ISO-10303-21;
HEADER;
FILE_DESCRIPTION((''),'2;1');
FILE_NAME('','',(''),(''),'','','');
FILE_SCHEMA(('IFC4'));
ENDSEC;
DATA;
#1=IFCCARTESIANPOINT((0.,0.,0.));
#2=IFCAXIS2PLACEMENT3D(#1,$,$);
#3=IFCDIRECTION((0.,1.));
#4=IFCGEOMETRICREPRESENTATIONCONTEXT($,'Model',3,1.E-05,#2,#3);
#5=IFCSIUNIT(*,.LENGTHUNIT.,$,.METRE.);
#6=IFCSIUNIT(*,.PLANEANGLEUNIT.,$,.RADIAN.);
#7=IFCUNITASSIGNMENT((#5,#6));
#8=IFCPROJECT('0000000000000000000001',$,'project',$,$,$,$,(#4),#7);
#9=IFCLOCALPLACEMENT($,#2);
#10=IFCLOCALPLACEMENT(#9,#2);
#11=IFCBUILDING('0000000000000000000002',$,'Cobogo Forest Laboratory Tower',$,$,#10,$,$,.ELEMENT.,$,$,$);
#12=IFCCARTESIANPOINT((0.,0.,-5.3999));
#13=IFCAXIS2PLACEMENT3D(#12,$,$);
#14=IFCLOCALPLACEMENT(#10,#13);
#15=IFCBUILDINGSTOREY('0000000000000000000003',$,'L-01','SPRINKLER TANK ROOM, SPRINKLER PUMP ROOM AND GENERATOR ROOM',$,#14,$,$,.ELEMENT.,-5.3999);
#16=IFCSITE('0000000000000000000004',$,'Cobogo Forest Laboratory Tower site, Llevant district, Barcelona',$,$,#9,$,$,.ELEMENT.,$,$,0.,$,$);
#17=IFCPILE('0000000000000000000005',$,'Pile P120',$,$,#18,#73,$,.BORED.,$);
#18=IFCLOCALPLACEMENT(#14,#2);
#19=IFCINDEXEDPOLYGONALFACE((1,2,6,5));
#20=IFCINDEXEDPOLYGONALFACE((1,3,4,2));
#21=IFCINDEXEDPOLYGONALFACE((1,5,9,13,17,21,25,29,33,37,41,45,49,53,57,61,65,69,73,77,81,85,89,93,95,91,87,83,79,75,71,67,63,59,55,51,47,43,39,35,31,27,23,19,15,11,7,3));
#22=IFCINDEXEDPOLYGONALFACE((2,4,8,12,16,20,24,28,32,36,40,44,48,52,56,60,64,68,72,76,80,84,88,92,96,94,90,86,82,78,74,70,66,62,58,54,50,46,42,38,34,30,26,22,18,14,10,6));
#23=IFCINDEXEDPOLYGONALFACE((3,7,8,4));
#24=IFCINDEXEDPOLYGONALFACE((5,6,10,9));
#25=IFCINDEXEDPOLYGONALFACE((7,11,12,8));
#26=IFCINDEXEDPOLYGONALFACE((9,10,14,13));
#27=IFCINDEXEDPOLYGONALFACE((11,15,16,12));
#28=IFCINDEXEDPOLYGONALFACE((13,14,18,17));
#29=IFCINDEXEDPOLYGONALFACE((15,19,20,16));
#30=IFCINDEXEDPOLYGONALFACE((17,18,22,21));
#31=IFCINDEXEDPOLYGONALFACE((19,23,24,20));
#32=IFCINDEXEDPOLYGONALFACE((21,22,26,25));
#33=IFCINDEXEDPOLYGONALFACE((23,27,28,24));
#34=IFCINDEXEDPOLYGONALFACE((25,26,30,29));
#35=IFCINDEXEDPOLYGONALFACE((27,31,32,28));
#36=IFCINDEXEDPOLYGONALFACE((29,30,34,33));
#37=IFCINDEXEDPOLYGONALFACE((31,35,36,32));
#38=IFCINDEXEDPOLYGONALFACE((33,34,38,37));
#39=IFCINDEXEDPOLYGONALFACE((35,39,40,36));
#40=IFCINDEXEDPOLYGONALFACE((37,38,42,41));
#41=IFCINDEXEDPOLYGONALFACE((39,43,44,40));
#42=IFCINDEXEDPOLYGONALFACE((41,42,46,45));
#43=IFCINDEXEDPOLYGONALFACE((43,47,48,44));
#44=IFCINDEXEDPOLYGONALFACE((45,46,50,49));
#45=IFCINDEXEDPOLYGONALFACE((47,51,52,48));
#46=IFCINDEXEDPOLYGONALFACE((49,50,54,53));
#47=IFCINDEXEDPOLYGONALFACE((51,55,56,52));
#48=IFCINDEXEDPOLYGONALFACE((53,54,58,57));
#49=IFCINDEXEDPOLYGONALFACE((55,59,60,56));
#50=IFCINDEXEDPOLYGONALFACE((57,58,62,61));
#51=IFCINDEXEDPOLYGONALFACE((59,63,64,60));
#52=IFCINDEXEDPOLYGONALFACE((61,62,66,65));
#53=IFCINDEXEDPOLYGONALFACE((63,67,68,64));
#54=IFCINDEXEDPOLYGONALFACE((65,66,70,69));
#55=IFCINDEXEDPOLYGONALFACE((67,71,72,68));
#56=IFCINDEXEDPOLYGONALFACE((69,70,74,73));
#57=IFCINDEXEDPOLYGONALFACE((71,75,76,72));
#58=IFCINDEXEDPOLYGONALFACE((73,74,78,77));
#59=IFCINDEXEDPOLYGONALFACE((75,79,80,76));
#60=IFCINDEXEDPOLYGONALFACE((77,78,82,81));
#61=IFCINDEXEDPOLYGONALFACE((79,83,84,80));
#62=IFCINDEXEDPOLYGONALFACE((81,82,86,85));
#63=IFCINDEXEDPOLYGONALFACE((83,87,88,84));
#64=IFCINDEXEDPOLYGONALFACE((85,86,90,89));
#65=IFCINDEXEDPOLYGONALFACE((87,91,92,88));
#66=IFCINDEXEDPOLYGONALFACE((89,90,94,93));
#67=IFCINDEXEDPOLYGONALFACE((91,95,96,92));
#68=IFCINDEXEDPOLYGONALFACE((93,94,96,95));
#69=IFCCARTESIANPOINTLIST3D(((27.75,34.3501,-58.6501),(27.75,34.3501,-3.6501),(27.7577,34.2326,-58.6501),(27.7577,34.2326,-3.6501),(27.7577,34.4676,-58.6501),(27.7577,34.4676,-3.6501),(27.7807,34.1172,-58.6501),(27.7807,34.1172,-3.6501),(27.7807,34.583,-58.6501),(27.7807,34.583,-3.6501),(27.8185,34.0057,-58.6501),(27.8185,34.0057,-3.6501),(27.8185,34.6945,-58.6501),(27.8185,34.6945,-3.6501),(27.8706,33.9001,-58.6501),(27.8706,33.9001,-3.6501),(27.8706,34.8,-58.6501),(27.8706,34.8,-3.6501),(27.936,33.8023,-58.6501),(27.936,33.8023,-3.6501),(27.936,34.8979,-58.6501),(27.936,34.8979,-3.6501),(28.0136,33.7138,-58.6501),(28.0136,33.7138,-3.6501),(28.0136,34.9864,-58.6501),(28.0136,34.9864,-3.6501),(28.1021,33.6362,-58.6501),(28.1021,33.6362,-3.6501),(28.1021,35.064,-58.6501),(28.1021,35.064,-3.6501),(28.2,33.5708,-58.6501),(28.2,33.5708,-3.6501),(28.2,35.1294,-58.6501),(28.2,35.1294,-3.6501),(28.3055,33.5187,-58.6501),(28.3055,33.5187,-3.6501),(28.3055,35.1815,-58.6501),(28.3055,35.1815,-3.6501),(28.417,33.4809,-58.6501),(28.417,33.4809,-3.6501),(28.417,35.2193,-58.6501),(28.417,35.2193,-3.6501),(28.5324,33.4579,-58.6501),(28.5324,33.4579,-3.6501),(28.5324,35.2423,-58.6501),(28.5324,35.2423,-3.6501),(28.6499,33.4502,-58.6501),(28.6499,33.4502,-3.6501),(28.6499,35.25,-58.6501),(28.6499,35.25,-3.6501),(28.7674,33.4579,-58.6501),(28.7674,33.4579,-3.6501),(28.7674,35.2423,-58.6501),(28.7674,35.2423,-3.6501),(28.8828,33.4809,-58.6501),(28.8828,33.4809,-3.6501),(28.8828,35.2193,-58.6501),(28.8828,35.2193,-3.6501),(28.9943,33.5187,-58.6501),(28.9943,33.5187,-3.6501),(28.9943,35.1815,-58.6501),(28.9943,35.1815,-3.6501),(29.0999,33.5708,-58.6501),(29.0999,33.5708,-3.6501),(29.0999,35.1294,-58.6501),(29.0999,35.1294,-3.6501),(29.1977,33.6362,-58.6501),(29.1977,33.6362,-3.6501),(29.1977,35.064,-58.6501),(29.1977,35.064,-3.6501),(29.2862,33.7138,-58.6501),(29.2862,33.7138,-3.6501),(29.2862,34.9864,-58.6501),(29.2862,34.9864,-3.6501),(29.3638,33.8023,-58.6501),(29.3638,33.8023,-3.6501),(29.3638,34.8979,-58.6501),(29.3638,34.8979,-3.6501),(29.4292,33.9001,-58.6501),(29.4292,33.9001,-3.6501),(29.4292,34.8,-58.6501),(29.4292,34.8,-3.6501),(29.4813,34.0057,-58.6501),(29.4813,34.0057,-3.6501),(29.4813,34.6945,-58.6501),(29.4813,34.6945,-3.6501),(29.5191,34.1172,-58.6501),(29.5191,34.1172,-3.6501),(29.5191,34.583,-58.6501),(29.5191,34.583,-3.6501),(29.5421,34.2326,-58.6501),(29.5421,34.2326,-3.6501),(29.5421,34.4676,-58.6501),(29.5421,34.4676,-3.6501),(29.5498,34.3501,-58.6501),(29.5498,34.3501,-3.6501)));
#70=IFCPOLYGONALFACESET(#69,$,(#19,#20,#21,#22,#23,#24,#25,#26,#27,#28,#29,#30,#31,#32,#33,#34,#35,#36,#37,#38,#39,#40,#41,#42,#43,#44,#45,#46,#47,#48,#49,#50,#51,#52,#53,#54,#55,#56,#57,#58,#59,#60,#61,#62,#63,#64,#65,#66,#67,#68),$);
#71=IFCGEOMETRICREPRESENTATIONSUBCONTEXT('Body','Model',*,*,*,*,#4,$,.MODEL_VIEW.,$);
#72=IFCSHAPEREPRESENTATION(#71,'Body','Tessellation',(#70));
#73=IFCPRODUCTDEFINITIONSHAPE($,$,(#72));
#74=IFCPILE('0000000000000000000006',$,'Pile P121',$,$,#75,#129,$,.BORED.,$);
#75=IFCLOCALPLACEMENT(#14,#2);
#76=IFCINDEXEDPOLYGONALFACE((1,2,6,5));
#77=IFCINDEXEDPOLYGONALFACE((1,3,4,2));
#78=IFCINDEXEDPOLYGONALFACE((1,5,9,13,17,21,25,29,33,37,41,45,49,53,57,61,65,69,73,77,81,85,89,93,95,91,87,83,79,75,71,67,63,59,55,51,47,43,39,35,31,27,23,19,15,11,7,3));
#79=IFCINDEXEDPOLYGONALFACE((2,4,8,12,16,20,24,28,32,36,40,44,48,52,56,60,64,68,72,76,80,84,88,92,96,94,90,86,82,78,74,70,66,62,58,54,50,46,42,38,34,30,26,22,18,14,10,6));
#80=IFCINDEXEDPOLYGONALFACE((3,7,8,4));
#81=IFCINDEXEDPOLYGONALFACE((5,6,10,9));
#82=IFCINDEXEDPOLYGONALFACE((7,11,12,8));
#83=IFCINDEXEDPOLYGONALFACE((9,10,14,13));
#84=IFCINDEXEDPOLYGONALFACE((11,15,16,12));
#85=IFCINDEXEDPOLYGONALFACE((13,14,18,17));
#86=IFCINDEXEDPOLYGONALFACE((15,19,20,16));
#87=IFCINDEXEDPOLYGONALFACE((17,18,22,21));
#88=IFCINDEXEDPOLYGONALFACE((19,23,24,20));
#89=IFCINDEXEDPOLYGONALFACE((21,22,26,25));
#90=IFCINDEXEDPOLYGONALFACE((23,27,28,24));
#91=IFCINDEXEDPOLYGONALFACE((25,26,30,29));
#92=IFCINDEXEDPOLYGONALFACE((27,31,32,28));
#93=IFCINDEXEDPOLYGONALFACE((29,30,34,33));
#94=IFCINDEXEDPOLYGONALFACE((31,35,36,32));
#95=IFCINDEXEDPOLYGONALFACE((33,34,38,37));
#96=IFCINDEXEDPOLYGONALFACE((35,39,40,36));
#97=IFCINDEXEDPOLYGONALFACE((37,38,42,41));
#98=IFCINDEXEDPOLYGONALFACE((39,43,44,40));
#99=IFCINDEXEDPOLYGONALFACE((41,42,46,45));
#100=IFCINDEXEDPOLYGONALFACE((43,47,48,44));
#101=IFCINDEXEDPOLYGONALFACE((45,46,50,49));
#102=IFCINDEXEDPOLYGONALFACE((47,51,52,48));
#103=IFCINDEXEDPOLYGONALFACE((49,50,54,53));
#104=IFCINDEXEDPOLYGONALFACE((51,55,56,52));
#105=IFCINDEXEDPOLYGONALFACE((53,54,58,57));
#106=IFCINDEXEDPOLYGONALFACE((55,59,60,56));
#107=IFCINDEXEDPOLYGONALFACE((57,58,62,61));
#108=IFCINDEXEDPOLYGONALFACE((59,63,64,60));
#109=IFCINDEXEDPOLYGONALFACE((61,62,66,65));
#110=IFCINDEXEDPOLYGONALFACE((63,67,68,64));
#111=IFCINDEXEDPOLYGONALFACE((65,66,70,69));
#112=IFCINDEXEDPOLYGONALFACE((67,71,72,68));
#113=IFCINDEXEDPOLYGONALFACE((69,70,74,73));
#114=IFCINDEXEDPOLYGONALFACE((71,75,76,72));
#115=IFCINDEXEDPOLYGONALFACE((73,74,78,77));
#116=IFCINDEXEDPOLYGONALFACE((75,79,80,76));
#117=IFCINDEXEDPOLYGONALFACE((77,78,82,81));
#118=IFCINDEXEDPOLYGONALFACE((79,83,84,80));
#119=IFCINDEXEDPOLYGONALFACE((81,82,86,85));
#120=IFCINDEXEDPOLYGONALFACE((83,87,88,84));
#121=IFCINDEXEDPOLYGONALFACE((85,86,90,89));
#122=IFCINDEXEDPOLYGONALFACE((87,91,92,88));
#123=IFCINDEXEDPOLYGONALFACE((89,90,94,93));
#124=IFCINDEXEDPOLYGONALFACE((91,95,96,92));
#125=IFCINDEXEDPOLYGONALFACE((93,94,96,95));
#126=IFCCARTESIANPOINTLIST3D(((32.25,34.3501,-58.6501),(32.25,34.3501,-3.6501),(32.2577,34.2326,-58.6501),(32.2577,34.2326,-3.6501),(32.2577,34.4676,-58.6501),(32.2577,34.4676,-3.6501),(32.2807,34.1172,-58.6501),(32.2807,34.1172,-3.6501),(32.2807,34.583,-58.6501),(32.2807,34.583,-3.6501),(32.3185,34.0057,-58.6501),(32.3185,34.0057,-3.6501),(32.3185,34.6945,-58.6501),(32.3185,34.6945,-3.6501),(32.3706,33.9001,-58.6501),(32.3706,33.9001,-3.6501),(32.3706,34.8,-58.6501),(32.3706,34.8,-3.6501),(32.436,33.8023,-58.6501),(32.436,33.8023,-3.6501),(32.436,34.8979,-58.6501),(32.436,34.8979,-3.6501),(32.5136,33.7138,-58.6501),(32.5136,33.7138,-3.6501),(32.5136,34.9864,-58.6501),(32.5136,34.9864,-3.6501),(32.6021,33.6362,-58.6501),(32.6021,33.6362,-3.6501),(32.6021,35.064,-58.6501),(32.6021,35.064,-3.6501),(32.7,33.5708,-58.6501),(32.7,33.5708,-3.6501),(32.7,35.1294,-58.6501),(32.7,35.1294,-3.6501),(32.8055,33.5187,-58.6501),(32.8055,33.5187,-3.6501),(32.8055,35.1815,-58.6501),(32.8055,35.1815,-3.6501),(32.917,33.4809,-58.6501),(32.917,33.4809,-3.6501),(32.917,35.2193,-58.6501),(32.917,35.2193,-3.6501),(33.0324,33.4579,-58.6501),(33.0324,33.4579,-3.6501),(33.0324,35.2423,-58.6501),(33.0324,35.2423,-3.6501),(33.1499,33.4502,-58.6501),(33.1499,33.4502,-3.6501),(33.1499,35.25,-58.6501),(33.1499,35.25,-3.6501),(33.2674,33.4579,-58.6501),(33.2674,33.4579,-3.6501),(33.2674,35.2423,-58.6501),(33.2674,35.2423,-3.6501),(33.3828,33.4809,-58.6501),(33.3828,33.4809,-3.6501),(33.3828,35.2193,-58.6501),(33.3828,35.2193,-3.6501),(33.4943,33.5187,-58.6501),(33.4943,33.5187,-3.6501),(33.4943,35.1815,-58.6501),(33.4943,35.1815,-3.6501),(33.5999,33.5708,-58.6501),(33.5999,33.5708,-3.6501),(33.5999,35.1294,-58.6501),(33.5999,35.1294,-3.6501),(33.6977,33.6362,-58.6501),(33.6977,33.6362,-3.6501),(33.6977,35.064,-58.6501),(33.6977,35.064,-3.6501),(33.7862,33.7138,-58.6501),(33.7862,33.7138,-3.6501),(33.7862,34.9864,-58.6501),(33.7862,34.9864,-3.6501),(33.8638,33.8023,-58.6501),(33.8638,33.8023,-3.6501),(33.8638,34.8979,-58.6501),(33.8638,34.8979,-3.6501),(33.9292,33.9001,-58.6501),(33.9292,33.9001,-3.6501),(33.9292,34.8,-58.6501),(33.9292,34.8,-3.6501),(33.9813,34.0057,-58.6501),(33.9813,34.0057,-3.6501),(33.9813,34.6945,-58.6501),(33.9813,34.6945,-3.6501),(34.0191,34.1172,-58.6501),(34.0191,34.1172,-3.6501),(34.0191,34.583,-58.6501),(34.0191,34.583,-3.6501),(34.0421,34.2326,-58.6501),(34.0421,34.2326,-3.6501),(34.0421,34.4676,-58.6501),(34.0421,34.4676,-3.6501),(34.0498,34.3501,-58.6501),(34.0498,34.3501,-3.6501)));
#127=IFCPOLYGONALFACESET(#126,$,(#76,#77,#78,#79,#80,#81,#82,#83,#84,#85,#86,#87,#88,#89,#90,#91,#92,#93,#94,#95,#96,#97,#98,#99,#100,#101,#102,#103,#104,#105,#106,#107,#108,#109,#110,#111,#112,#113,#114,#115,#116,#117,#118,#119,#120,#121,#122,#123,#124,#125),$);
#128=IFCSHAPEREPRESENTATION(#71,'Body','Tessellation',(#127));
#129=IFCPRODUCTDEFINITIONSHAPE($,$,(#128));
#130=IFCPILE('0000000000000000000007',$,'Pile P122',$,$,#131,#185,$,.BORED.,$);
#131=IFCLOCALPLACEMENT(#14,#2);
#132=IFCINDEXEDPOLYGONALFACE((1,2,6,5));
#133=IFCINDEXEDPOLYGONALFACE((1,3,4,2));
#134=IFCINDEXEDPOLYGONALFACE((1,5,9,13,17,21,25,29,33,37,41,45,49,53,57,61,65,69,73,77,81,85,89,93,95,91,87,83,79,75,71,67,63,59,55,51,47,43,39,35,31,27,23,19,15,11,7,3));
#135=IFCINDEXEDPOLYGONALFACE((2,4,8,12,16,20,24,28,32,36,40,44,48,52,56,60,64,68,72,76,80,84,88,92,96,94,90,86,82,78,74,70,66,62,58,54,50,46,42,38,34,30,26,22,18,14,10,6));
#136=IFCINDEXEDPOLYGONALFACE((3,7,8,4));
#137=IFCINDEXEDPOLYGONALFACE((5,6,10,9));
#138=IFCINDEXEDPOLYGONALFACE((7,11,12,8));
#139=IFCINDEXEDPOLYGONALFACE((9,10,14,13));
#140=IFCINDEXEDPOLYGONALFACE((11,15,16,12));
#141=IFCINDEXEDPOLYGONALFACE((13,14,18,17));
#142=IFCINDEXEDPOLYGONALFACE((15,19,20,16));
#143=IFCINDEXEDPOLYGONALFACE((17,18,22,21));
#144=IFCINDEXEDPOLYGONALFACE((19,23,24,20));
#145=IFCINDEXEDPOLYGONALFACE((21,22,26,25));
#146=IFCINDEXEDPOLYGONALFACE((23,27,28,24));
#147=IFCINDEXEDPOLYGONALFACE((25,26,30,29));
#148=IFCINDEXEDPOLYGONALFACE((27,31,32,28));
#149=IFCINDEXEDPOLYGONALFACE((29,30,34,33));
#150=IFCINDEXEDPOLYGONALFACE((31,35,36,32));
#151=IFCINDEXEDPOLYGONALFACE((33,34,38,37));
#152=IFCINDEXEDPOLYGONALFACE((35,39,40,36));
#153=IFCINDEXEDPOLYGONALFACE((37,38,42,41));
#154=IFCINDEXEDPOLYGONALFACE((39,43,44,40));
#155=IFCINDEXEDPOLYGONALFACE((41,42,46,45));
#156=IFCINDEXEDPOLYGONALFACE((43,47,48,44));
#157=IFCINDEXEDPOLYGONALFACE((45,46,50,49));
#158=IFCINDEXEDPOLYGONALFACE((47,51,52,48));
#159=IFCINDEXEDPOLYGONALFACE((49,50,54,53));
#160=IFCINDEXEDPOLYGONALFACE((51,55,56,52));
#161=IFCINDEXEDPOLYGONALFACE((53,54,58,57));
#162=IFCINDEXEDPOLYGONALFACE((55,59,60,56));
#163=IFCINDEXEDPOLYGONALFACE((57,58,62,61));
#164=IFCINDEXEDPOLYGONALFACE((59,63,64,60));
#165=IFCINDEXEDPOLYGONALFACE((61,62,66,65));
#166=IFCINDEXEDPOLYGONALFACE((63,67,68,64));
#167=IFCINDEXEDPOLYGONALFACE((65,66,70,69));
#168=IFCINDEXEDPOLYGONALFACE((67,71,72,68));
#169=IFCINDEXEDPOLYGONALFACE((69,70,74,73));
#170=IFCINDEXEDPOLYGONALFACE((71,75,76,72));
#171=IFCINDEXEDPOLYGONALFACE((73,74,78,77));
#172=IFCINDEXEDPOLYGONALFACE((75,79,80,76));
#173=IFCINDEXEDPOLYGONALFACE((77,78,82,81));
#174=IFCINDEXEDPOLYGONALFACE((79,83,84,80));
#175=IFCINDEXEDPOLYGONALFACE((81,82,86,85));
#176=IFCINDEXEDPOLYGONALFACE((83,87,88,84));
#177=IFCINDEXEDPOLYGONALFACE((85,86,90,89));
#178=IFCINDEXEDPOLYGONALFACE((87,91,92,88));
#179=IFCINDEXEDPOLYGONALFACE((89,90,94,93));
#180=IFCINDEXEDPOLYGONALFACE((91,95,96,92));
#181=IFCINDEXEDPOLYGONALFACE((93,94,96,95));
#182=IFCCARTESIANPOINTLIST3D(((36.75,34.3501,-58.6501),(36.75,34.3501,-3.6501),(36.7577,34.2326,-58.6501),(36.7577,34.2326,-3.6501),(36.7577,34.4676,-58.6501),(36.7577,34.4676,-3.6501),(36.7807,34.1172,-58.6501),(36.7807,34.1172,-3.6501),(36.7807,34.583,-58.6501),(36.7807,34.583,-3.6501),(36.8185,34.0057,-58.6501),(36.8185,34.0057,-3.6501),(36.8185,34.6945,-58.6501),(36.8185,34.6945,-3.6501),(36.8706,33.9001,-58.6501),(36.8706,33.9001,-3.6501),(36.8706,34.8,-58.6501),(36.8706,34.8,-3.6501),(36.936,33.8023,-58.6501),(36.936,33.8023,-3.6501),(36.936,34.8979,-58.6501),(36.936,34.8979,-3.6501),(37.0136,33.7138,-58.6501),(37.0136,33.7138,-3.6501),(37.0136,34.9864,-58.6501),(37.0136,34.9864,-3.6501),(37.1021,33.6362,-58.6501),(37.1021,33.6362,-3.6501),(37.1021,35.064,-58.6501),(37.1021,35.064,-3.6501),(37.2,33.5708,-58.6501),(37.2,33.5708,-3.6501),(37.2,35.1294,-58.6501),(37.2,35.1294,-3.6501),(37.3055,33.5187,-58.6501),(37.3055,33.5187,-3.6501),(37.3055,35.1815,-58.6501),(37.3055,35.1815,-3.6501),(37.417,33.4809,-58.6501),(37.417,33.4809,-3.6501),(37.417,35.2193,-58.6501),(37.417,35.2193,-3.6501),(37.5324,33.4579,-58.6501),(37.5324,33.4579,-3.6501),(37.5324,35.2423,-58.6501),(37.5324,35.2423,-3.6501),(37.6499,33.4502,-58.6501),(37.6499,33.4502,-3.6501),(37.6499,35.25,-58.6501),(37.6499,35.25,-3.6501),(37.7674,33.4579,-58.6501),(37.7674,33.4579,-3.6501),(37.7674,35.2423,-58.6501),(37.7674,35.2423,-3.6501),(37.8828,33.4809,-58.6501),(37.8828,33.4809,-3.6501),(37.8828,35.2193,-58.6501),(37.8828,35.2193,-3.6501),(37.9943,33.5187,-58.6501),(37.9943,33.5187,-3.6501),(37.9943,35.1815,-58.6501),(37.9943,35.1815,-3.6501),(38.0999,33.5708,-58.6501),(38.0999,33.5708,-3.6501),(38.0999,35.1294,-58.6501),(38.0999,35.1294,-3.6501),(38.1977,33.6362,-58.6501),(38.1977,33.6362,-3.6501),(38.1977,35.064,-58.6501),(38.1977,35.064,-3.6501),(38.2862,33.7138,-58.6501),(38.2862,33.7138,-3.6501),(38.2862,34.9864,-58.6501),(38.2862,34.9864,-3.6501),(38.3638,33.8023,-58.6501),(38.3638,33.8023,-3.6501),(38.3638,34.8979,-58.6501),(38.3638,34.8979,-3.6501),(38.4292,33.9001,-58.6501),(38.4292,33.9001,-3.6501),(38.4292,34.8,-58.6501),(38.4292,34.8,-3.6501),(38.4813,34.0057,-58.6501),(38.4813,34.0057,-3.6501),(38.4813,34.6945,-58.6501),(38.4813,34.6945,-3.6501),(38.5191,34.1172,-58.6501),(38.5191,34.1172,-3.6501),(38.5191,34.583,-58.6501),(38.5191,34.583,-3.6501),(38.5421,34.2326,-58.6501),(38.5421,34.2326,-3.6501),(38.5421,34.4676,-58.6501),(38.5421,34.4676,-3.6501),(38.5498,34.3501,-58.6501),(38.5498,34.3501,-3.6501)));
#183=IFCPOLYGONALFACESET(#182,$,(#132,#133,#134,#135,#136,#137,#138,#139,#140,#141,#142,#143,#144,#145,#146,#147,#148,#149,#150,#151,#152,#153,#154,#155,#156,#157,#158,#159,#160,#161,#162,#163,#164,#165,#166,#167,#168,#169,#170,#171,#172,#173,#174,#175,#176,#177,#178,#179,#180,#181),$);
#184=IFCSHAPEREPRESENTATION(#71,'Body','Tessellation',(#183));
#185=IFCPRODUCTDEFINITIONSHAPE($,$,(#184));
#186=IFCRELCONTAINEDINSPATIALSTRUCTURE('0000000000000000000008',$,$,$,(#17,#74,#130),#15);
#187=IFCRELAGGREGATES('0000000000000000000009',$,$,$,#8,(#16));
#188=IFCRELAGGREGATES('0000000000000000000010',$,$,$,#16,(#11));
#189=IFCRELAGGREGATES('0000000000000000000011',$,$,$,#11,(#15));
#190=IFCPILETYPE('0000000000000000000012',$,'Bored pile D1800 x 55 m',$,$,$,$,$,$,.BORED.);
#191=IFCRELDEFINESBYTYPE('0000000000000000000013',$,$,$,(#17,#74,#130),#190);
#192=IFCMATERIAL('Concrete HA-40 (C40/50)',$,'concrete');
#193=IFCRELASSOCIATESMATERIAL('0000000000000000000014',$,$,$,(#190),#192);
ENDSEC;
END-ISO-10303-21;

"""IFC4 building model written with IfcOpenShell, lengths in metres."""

from ifc_helpers import new_model, si_unit, direction, frame, origin, origin_2d, place, context, subcontext, project, spatial, circle, extrude, material, material_profile, profile_set, type_object, element, save


model = new_model("IFC4")

# Units and contexts
model_context = context("Model", 3, precision=1e-05, world=origin(), true_north=direction((0.0, 1.0)))
body_context = subcontext(model_context, "Body", "Model", "MODEL_VIEW")
ifc_project = project(units=[si_unit("LENGTHUNIT", "METRE"), si_unit("PLANEANGLEUNIT", "RADIAN")], contexts=[model_context])

# Site, building, storey
site_placement = place(None, origin())
site = spatial("IfcSite", under=ifc_project, at=site_placement, Name="Cobogo Forest Laboratory Tower site, Llevant district, Barcelona", CompositionType="ELEMENT", RefElevation=0.0)
building_placement = place(site_placement, origin())
building = spatial("IfcBuilding", under=site, at=building_placement, Name="Cobogo Forest Laboratory Tower", CompositionType="ELEMENT")
storey_placement = place(building_placement, frame((0.0, 0.0, -5.3999)))
storey = spatial("IfcBuildingStorey", under=building, at=storey_placement, Name="L-01", Description="SPRINKLER TANK ROOM, SPRINKLER PUMP ROOM AND GENERATOR ROOM", CompositionType="ELEMENT", Elevation=-5.3999)

# Piles
ifc_material_1 = material(Name="Concrete HA-40 (C40/50)", Category="concrete")
ifc_material_profile_1 = material_profile(ifc_material_1, circle(Radius=0.8999, at=origin_2d()), Name="PILE D1800")
ifc_profile_set_1 = profile_set([ifc_material_profile_1], Name="Concrete HA-40 (C40/50)")
pile_type_1 = type_object("IfcPileType", Name="Bored pile D1800 x 55 m", PredefinedType="BORED", material=ifc_profile_set_1)
for number, where, z_axis, x_axis, name in (
    (1, (28.6499, 34.3501, -3.6501), (0.0, 0.0, -1.0), (1.0, 0.0, 0.0), "Pile P120"),
    (2, (33.1499, 34.3501, -3.6501), (0.0, 0.0, -1.0), (1.0, 0.0, 0.0), "Pile P121"),
    (3, (37.6499, 34.3501, -3.6501), (0.0, 0.0, -1.0), (1.0, 0.0, 0.0), "Pile P122"),
):
    element("IfcPile", number, at=place(storey_placement, frame(where, z_axis=z_axis, x_axis=x_axis)), inside=storey, type_object=pile_type_1, Name=name, PredefinedType="BORED", context=body_context, shape_type="SweptSolid", body=[
        extrude(circle(Radius=0.8999, at=origin_2d()), origin(), (0.0, 0.0, 1.0), 55.0),
    ])

save(model, "model.ifc")
